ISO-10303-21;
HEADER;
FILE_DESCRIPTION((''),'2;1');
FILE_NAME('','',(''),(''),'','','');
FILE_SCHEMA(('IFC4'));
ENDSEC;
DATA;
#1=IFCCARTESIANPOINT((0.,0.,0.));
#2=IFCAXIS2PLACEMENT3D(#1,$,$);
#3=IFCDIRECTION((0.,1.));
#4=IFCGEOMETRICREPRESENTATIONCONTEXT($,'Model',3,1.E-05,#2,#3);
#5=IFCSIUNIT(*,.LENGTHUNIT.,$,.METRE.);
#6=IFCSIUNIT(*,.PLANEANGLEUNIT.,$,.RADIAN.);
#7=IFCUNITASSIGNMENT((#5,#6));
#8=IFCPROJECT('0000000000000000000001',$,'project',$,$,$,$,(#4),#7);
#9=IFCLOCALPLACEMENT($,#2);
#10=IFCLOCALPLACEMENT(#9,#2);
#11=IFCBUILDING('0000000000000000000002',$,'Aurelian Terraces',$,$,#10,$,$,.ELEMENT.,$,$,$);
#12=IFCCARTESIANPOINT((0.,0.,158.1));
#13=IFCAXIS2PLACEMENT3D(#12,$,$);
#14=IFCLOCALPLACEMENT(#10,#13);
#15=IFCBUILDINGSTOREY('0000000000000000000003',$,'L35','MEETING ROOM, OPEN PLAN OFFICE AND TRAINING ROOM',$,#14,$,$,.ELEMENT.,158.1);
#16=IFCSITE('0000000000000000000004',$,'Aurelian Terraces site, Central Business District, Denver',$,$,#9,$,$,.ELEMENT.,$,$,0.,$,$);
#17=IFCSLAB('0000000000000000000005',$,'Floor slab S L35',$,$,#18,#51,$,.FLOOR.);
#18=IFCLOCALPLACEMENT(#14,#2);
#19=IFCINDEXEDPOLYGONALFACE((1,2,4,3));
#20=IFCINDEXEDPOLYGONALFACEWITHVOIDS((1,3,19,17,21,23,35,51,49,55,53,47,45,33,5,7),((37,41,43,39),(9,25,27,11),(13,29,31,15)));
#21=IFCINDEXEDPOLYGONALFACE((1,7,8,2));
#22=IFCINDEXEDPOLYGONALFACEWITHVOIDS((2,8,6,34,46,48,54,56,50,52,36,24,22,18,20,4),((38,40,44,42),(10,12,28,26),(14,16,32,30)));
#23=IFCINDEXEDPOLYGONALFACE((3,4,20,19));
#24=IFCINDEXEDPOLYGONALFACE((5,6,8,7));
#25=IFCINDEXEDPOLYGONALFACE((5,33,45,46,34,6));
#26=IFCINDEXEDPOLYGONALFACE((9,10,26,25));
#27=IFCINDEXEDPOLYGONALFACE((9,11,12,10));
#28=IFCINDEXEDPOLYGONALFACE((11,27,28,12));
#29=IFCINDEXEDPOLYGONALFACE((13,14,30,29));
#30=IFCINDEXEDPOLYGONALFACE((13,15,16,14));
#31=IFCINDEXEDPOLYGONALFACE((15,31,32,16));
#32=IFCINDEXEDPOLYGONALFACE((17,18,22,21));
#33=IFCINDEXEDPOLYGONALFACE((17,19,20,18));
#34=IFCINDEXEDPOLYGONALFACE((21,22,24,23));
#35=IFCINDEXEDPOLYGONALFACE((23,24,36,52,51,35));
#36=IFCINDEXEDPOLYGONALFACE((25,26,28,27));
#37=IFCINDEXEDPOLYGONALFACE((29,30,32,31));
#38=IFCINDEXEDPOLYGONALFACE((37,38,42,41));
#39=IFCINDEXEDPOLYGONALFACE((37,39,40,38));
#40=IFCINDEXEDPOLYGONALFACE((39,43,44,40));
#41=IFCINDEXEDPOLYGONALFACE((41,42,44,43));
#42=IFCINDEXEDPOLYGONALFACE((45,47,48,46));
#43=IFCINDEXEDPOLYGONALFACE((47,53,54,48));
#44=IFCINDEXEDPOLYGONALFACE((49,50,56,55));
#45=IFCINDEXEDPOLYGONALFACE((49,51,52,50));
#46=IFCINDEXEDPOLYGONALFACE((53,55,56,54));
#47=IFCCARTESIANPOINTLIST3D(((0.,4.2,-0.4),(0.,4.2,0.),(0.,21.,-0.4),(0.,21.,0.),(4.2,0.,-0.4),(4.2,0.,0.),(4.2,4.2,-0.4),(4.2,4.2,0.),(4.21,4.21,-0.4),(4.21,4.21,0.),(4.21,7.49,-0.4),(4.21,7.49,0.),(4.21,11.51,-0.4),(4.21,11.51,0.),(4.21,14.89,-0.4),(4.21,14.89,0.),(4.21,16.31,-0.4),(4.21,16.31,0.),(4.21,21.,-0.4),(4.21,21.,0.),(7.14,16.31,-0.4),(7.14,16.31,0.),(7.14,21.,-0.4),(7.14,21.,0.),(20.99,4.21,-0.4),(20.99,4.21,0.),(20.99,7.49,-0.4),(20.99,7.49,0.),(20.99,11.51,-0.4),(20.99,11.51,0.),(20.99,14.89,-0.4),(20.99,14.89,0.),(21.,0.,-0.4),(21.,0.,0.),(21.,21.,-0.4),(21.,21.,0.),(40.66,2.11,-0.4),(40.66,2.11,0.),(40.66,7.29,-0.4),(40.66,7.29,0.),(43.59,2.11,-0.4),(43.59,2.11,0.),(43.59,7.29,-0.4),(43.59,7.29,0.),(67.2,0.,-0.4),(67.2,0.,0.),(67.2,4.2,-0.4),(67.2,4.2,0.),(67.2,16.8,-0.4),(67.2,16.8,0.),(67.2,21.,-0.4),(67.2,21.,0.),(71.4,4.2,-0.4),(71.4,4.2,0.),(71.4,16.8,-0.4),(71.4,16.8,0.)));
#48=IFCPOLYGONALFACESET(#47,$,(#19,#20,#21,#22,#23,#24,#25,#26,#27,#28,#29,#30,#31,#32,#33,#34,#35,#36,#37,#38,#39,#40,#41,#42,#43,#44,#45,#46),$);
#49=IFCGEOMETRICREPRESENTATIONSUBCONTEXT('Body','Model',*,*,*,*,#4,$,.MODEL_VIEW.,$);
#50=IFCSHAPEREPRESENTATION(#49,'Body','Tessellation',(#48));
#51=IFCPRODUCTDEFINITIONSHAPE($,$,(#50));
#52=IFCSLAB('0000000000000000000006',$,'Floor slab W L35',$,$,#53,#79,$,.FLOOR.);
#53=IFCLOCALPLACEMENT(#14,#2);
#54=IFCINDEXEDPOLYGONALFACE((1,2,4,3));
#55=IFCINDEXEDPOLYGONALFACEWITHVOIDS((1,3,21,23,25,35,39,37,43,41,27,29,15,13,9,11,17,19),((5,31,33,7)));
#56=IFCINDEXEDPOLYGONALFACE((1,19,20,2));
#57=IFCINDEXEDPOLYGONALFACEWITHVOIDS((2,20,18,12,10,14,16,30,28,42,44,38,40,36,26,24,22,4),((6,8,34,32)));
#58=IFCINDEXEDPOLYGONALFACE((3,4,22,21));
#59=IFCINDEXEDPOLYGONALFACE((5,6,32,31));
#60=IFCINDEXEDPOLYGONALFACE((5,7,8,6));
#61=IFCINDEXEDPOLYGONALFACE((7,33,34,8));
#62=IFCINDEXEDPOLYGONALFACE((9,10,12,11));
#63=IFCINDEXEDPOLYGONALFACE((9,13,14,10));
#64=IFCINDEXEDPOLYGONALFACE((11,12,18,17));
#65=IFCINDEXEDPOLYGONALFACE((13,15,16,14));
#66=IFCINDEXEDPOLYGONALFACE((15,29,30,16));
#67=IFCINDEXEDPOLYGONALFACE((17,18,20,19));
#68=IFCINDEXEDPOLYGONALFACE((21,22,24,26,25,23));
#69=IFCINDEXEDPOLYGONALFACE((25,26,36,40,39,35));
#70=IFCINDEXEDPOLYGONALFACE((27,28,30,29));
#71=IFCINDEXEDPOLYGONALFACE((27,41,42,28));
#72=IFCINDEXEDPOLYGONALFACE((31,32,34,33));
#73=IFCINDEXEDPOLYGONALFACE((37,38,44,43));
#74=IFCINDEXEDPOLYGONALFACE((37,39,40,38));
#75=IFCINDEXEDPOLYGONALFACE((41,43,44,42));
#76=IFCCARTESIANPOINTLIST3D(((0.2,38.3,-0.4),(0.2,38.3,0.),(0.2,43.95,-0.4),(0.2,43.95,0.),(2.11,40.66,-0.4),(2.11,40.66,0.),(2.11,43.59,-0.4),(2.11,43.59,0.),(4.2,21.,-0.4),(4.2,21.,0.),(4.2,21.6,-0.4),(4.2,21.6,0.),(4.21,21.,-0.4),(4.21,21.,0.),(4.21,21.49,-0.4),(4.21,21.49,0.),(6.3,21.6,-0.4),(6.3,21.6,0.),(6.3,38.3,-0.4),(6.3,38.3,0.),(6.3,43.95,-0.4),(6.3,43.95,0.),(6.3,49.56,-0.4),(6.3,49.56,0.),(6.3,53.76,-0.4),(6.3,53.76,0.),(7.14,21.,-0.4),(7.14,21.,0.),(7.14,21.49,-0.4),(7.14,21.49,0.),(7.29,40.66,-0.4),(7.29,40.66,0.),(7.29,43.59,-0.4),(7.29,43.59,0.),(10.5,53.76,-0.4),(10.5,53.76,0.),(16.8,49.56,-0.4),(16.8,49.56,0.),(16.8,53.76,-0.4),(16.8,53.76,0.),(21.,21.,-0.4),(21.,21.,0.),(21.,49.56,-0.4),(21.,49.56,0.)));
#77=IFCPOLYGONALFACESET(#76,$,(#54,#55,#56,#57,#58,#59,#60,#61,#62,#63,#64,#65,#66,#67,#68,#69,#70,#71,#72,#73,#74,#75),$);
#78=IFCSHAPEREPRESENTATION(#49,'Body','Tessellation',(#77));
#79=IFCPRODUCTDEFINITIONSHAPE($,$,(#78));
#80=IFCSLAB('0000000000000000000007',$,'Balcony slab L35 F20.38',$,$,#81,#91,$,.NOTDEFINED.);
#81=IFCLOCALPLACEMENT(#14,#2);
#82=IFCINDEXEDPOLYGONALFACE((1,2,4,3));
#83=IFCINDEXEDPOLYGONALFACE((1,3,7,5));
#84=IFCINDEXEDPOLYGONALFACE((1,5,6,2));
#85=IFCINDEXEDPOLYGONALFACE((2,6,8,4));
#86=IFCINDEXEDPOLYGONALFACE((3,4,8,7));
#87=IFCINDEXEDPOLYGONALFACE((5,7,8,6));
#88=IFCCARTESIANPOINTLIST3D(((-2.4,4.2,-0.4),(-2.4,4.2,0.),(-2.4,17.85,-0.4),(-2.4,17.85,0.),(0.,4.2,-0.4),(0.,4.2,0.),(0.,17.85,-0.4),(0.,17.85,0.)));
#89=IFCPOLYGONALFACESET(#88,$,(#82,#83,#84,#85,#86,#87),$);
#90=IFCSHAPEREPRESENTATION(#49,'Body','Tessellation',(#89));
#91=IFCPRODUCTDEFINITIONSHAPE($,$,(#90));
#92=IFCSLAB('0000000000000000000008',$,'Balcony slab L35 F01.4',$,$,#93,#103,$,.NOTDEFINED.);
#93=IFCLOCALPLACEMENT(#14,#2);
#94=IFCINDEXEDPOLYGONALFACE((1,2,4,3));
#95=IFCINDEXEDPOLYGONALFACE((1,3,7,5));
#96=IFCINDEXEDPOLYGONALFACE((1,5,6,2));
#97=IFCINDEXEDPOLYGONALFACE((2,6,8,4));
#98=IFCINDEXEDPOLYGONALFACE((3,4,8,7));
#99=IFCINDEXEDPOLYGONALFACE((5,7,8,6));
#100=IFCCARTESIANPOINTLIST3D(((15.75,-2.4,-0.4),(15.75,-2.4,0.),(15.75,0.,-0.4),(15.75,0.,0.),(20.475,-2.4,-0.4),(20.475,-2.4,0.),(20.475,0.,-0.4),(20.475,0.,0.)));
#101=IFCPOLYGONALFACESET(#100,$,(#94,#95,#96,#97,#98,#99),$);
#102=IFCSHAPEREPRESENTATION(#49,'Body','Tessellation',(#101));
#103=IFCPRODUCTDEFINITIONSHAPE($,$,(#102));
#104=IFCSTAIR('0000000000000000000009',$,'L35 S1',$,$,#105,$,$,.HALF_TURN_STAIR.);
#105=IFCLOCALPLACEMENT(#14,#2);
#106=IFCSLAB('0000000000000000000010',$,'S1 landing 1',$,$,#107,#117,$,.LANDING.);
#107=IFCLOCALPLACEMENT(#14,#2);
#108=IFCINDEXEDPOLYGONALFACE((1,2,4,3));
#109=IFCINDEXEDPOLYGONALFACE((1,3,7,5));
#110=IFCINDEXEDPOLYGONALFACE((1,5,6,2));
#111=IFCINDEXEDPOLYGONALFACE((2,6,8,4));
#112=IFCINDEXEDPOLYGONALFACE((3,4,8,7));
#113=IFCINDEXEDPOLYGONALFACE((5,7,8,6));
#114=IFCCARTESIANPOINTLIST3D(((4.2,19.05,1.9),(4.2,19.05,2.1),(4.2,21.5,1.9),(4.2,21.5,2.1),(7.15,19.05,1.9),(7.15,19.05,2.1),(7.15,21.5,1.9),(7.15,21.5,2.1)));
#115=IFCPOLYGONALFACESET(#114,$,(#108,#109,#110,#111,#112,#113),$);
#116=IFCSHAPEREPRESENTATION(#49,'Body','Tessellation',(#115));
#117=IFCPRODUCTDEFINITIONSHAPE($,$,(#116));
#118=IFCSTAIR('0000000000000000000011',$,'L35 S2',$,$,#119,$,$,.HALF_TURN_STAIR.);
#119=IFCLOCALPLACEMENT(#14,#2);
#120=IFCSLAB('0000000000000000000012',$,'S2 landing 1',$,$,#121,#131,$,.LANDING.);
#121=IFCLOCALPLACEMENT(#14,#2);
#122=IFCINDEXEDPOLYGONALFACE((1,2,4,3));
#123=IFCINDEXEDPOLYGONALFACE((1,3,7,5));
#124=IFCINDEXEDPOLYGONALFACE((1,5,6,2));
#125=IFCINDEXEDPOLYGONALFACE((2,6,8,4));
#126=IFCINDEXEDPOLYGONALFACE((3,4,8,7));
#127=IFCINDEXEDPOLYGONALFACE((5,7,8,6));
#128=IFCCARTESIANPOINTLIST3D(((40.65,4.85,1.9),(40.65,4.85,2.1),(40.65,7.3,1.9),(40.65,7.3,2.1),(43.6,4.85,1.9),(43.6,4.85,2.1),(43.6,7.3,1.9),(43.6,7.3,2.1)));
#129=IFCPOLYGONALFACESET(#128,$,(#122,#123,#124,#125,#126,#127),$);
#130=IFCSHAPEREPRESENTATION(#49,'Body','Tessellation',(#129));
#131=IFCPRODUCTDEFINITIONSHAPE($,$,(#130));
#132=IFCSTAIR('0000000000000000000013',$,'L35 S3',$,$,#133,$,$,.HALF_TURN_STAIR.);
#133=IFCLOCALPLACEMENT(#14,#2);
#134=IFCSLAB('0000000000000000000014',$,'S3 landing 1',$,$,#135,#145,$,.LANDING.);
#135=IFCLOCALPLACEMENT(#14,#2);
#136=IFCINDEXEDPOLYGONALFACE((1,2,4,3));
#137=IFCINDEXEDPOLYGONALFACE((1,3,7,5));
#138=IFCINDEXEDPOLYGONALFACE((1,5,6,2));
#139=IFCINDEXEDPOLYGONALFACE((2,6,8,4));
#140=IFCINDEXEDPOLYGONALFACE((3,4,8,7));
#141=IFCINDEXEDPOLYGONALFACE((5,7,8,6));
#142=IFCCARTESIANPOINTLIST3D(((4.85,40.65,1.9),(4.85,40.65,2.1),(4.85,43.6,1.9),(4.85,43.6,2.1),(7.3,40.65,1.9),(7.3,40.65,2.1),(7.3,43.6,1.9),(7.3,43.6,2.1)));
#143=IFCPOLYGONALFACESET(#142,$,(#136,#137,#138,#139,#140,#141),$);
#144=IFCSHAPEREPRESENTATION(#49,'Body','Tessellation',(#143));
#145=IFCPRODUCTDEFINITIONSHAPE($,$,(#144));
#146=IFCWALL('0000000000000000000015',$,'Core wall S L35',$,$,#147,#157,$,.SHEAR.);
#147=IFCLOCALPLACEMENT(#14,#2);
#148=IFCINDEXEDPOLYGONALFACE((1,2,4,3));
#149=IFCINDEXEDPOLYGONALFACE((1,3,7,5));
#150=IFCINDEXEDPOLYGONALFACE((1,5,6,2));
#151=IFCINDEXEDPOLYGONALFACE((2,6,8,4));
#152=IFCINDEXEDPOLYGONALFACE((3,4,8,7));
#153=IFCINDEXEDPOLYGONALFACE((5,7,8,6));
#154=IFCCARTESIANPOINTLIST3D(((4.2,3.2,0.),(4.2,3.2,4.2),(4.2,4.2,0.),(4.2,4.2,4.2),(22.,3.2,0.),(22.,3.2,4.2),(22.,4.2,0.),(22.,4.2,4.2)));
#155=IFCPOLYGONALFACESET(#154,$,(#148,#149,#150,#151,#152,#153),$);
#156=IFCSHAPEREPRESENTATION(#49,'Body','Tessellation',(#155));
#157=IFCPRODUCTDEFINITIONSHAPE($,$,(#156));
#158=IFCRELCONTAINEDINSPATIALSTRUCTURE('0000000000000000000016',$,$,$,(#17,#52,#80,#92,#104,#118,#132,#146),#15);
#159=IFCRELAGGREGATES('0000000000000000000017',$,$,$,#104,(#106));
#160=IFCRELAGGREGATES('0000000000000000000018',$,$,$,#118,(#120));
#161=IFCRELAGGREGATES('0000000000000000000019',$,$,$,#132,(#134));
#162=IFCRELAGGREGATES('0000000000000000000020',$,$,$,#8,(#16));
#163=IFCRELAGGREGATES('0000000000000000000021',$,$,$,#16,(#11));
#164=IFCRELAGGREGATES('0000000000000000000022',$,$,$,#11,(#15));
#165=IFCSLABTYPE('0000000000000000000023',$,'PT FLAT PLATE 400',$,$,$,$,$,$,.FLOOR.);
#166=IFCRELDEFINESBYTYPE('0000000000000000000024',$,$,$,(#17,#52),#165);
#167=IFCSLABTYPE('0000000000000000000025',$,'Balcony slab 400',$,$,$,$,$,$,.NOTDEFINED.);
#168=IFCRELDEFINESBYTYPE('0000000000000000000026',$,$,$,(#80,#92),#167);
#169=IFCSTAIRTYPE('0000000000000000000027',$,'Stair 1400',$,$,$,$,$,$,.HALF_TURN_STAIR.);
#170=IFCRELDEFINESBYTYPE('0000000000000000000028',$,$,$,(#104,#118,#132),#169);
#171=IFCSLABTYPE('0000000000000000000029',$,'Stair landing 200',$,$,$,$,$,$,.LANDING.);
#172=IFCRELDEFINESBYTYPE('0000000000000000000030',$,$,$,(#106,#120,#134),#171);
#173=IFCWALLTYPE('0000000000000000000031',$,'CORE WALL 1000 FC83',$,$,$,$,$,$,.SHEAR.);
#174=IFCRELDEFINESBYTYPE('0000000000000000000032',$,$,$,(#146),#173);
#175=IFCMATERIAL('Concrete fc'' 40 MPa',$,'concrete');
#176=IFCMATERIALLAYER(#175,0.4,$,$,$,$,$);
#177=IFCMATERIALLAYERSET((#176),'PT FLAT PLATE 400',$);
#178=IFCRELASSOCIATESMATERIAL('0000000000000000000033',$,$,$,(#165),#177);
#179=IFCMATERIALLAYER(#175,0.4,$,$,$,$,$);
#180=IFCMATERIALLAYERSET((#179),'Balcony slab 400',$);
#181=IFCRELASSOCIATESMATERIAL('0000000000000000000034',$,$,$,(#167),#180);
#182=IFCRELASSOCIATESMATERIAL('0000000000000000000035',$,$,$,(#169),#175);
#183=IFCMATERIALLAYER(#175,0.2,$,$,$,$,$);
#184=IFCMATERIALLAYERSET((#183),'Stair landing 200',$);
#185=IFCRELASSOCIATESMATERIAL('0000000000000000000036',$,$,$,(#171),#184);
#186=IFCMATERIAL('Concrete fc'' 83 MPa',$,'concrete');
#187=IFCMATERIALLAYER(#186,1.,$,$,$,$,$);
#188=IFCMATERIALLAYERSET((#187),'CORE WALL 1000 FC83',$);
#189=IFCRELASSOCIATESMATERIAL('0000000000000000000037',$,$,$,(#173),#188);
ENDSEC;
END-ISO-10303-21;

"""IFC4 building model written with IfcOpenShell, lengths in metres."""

from ifc_helpers import new_model, si_unit, direction, frame, frame_2d, origin, place, context, subcontext, project, spatial, polyline, rectangle, outline, extrude, source, transform, mapped, material, layer, layer_set, type_object, element, aggregate, save


model = new_model("IFC4")

# Units and contexts
model_context = context("Model", 3, precision=1e-05, world=origin(), true_north=direction((0.0, 1.0)))
body_context = subcontext(model_context, "Body", "Model", "MODEL_VIEW")
ifc_project = project(units=[si_unit("LENGTHUNIT", "METRE"), si_unit("PLANEANGLEUNIT", "RADIAN")], contexts=[model_context])

# Site, building, storey
site_placement = place(None, origin())
site = spatial("IfcSite", under=ifc_project, at=site_placement, Name="Aurelian Terraces site, Central Business District, Denver", CompositionType="ELEMENT", RefElevation=0.0)
building_placement = place(site_placement, origin())
building = spatial("IfcBuilding", under=site, at=building_placement, Name="Aurelian Terraces", CompositionType="ELEMENT")
storey_placement = place(building_placement, frame((0.0, 0.0, 158.1)))
storey = spatial("IfcBuildingStorey", under=building, at=storey_placement, Name="L35", Description="MEETING ROOM, OPEN PLAN OFFICE AND TRAINING ROOM", CompositionType="ELEMENT", Elevation=158.1)

# Slabs
ifc_material_1 = material(Name="Concrete fc' 40 MPa", Category="concrete")
ifc_layer_1 = layer(ifc_material_1, 0.4)
ifc_layer_set_1 = layer_set([ifc_layer_1], Name="PT FLAT PLATE 400")
slab_type_1 = type_object("IfcSlabType", Name="PT FLAT PLATE 400", PredefinedType="FLOOR", material=ifc_layer_set_1)
shared_shape_1 = source(origin(), body_context, "Body", "SweptSolid", [
    extrude(outline(polyline([(67.2, 16.8), (71.4, 16.8), (71.4, 4.2), (67.2, 4.2), (67.2, 0.0), (21.0, 0.0), (4.2, 0.0), (4.2, 4.2), (0.0, 4.2), (0.0, 21.0), (4.21, 21.0), (4.21, 16.31), (7.14, 16.31), (7.14, 21.0), (21.0, 21.0), (67.2, 21.0), (67.2, 16.8)]), holes=[polyline([(40.66, 2.11), (43.59, 2.11), (43.59, 7.29), (40.66, 7.29), (40.66, 2.11)]), polyline([(4.21, 7.49), (4.21, 4.21), (20.99, 4.21), (20.99, 7.49), (4.21, 7.49)]), polyline([(4.21, 14.89), (4.21, 11.51), (20.99, 11.51), (20.99, 14.89), (4.21, 14.89)])]), origin(), (0.0, 0.0, 1.0), 0.4),
])
slab_1_placement = place(storey_placement, frame((0.0, 0.0, -0.4)))
element("IfcSlab", 1, at=slab_1_placement, inside=storey, type_object=slab_type_1, Name="Floor slab S L35", PredefinedType="FLOOR", context=body_context, shape_type="MappedRepresentation", body=[
    mapped(shared_shape_1, transform((0.0, 0.0, 0.0), scale=1.0)),
])
shared_shape_2 = source(origin(), body_context, "Body", "SweptSolid", [
    extrude(outline(polyline([(0.2, 43.95), (6.3, 43.95), (6.3, 49.56), (6.3, 53.76), (10.5, 53.76), (16.8, 53.76), (16.8, 49.56), (21.0, 49.56), (21.0, 21.0), (7.14, 21.0), (7.14, 21.49), (4.21, 21.49), (4.21, 21.0), (4.2, 21.0), (4.2, 21.6), (6.3, 21.6), (6.3, 38.3), (0.2, 38.3), (0.2, 43.95)]), holes=[polyline([(7.29, 43.59), (2.11, 43.59), (2.11, 40.66), (7.29, 40.66), (7.29, 43.59)])]), origin(), (0.0, 0.0, 1.0), 0.4),
])
slab_2_placement = place(storey_placement, frame((0.0, 0.0, -0.4)))
element("IfcSlab", 2, at=slab_2_placement, inside=storey, type_object=slab_type_1, Name="Floor slab W L35", PredefinedType="FLOOR", context=body_context, shape_type="MappedRepresentation", body=[
    mapped(shared_shape_2, transform((0.0, 0.0, 0.0), scale=1.0)),
])
ifc_layer_2 = layer(ifc_material_1, 0.4)
ifc_layer_set_2 = layer_set([ifc_layer_2], Name="Balcony slab 400")
slab_type_2 = type_object("IfcSlabType", Name="Balcony slab 400", PredefinedType="NOTDEFINED", material=ifc_layer_set_2)
shared_shape_3 = source(origin(), body_context, "Body", "SweptSolid", [
    extrude(outline(polyline([(0.0, 17.85), (0.0, 4.2), (-2.4, 4.2), (-2.4, 17.85), (0.0, 17.85)])), origin(), (0.0, 0.0, 1.0), 0.4),
])
slab_3_placement = place(storey_placement, frame((0.0, 0.0, -0.4)))
element("IfcSlab", 3, at=slab_3_placement, inside=storey, type_object=slab_type_2, Name="Balcony slab L35 F20.38", PredefinedType="NOTDEFINED", context=body_context, shape_type="MappedRepresentation", body=[
    mapped(shared_shape_3, transform((0.0, 0.0, 0.0), scale=1.0)),
])
shared_shape_4 = source(origin(), body_context, "Body", "SweptSolid", [
    extrude(outline(polyline([(15.75, 0.0), (20.475, 0.0), (20.475, -2.4), (15.75, -2.4), (15.75, 0.0)])), origin(), (0.0, 0.0, 1.0), 0.4),
])
slab_4_placement = place(storey_placement, frame((0.0, 0.0, -0.4)))
element("IfcSlab", 4, at=slab_4_placement, inside=storey, type_object=slab_type_2, Name="Balcony slab L35 F01.4", PredefinedType="NOTDEFINED", context=body_context, shape_type="MappedRepresentation", body=[
    mapped(shared_shape_4, transform((0.0, 0.0, 0.0), scale=1.0)),
])

# Stairs, slabs
stair_type = type_object("IfcStairType", Name="Stair 1400", PredefinedType="HALF_TURN_STAIR", material=ifc_material_1)
stair_1_placement = place(storey_placement, origin())
stair_1 = element("IfcStair", 5, at=stair_1_placement, inside=storey, type_object=stair_type, Name="L35 S1", PredefinedType="HALF_TURN_STAIR")
ifc_layer_3 = layer(ifc_material_1, 0.2)
ifc_layer_set_3 = layer_set([ifc_layer_3], Name="Stair landing 200")
slab_type_3 = type_object("IfcSlabType", Name="Stair landing 200", PredefinedType="LANDING", material=ifc_layer_set_3)
shared_shape_5 = source(origin(), body_context, "Body", "SweptSolid", [
    extrude(outline(polyline([(7.15, 19.05), (7.15, 21.5), (4.2, 21.5), (4.2, 19.05), (7.15, 19.05)])), origin(), (0.0, 0.0, 1.0), 0.2),
])
slab_5_placement = place(storey_placement, frame((0.0, 0.0, 1.9)))
slab_5 = element("IfcSlab", 6, at=slab_5_placement, type_object=slab_type_3, Name="S1 landing 1", PredefinedType="LANDING", context=body_context, shape_type="MappedRepresentation", body=[
    mapped(shared_shape_5, transform((0.0, 0.0, 0.0), scale=1.0)),
])
aggregate(stair_1, [slab_5])
stair_2_placement = place(storey_placement, origin())
stair_2 = element("IfcStair", 7, at=stair_2_placement, inside=storey, type_object=stair_type, Name="L35 S2", PredefinedType="HALF_TURN_STAIR")
shared_shape_6 = source(origin(), body_context, "Body", "SweptSolid", [
    extrude(outline(polyline([(43.6, 4.85), (43.6, 7.3), (40.65, 7.3), (40.65, 4.85), (43.6, 4.85)])), origin(), (0.0, 0.0, 1.0), 0.2),
])
slab_6_placement = place(storey_placement, frame((0.0, 0.0, 1.9)))
slab_6 = element("IfcSlab", 8, at=slab_6_placement, type_object=slab_type_3, Name="S2 landing 1", PredefinedType="LANDING", context=body_context, shape_type="MappedRepresentation", body=[
    mapped(shared_shape_6, transform((0.0, 0.0, 0.0), scale=1.0)),
])
aggregate(stair_2, [slab_6])
stair_3_placement = place(storey_placement, origin())
stair_3 = element("IfcStair", 9, at=stair_3_placement, inside=storey, type_object=stair_type, Name="L35 S3", PredefinedType="HALF_TURN_STAIR")
shared_shape_7 = source(origin(), body_context, "Body", "SweptSolid", [
    extrude(outline(polyline([(4.85, 40.65), (7.3, 40.65), (7.3, 43.6), (4.85, 43.6), (4.85, 40.65)])), origin(), (0.0, 0.0, 1.0), 0.2),
])
slab_7_placement = place(storey_placement, frame((0.0, 0.0, 1.9)))
slab_7 = element("IfcSlab", 10, at=slab_7_placement, type_object=slab_type_3, Name="S3 landing 1", PredefinedType="LANDING", context=body_context, shape_type="MappedRepresentation", body=[
    mapped(shared_shape_7, transform((0.0, 0.0, 0.0), scale=1.0)),
])
aggregate(stair_3, [slab_7])

# Wall
ifc_material_2 = material(Name="Concrete fc' 83 MPa", Category="concrete")
ifc_layer_4 = layer(ifc_material_2, 1.0)
ifc_layer_set_4 = layer_set([ifc_layer_4], Name="CORE WALL 1000 FC83")
wall_type_1 = type_object("IfcWallType", Name="CORE WALL 1000 FC83", PredefinedType="SHEAR", material=ifc_layer_set_4)
shared_shape_8 = source(origin(), body_context, "Body", "SweptSolid", [
    extrude(rectangle(XDim=17.8, YDim=1.0, at=frame_2d((8.9, 0.0))), origin(), (0.0, 0.0, 1.0), 4.2),
])
wall_1_placement = place(storey_placement, frame((4.2, 3.7, 0.0), z_axis=(0.0, 0.0, 1.0), x_axis=(1.0, 0.0, 0.0)))
element("IfcWall", 11, at=wall_1_placement, inside=storey, type_object=wall_type_1, Name="Core wall S L35", PredefinedType="SHEAR", context=body_context, shape_type="MappedRepresentation", body=[
    mapped(shared_shape_8, transform((0.0, 0.0, 0.0), scale=1.0)),
])

save(model, "model.ifc")
